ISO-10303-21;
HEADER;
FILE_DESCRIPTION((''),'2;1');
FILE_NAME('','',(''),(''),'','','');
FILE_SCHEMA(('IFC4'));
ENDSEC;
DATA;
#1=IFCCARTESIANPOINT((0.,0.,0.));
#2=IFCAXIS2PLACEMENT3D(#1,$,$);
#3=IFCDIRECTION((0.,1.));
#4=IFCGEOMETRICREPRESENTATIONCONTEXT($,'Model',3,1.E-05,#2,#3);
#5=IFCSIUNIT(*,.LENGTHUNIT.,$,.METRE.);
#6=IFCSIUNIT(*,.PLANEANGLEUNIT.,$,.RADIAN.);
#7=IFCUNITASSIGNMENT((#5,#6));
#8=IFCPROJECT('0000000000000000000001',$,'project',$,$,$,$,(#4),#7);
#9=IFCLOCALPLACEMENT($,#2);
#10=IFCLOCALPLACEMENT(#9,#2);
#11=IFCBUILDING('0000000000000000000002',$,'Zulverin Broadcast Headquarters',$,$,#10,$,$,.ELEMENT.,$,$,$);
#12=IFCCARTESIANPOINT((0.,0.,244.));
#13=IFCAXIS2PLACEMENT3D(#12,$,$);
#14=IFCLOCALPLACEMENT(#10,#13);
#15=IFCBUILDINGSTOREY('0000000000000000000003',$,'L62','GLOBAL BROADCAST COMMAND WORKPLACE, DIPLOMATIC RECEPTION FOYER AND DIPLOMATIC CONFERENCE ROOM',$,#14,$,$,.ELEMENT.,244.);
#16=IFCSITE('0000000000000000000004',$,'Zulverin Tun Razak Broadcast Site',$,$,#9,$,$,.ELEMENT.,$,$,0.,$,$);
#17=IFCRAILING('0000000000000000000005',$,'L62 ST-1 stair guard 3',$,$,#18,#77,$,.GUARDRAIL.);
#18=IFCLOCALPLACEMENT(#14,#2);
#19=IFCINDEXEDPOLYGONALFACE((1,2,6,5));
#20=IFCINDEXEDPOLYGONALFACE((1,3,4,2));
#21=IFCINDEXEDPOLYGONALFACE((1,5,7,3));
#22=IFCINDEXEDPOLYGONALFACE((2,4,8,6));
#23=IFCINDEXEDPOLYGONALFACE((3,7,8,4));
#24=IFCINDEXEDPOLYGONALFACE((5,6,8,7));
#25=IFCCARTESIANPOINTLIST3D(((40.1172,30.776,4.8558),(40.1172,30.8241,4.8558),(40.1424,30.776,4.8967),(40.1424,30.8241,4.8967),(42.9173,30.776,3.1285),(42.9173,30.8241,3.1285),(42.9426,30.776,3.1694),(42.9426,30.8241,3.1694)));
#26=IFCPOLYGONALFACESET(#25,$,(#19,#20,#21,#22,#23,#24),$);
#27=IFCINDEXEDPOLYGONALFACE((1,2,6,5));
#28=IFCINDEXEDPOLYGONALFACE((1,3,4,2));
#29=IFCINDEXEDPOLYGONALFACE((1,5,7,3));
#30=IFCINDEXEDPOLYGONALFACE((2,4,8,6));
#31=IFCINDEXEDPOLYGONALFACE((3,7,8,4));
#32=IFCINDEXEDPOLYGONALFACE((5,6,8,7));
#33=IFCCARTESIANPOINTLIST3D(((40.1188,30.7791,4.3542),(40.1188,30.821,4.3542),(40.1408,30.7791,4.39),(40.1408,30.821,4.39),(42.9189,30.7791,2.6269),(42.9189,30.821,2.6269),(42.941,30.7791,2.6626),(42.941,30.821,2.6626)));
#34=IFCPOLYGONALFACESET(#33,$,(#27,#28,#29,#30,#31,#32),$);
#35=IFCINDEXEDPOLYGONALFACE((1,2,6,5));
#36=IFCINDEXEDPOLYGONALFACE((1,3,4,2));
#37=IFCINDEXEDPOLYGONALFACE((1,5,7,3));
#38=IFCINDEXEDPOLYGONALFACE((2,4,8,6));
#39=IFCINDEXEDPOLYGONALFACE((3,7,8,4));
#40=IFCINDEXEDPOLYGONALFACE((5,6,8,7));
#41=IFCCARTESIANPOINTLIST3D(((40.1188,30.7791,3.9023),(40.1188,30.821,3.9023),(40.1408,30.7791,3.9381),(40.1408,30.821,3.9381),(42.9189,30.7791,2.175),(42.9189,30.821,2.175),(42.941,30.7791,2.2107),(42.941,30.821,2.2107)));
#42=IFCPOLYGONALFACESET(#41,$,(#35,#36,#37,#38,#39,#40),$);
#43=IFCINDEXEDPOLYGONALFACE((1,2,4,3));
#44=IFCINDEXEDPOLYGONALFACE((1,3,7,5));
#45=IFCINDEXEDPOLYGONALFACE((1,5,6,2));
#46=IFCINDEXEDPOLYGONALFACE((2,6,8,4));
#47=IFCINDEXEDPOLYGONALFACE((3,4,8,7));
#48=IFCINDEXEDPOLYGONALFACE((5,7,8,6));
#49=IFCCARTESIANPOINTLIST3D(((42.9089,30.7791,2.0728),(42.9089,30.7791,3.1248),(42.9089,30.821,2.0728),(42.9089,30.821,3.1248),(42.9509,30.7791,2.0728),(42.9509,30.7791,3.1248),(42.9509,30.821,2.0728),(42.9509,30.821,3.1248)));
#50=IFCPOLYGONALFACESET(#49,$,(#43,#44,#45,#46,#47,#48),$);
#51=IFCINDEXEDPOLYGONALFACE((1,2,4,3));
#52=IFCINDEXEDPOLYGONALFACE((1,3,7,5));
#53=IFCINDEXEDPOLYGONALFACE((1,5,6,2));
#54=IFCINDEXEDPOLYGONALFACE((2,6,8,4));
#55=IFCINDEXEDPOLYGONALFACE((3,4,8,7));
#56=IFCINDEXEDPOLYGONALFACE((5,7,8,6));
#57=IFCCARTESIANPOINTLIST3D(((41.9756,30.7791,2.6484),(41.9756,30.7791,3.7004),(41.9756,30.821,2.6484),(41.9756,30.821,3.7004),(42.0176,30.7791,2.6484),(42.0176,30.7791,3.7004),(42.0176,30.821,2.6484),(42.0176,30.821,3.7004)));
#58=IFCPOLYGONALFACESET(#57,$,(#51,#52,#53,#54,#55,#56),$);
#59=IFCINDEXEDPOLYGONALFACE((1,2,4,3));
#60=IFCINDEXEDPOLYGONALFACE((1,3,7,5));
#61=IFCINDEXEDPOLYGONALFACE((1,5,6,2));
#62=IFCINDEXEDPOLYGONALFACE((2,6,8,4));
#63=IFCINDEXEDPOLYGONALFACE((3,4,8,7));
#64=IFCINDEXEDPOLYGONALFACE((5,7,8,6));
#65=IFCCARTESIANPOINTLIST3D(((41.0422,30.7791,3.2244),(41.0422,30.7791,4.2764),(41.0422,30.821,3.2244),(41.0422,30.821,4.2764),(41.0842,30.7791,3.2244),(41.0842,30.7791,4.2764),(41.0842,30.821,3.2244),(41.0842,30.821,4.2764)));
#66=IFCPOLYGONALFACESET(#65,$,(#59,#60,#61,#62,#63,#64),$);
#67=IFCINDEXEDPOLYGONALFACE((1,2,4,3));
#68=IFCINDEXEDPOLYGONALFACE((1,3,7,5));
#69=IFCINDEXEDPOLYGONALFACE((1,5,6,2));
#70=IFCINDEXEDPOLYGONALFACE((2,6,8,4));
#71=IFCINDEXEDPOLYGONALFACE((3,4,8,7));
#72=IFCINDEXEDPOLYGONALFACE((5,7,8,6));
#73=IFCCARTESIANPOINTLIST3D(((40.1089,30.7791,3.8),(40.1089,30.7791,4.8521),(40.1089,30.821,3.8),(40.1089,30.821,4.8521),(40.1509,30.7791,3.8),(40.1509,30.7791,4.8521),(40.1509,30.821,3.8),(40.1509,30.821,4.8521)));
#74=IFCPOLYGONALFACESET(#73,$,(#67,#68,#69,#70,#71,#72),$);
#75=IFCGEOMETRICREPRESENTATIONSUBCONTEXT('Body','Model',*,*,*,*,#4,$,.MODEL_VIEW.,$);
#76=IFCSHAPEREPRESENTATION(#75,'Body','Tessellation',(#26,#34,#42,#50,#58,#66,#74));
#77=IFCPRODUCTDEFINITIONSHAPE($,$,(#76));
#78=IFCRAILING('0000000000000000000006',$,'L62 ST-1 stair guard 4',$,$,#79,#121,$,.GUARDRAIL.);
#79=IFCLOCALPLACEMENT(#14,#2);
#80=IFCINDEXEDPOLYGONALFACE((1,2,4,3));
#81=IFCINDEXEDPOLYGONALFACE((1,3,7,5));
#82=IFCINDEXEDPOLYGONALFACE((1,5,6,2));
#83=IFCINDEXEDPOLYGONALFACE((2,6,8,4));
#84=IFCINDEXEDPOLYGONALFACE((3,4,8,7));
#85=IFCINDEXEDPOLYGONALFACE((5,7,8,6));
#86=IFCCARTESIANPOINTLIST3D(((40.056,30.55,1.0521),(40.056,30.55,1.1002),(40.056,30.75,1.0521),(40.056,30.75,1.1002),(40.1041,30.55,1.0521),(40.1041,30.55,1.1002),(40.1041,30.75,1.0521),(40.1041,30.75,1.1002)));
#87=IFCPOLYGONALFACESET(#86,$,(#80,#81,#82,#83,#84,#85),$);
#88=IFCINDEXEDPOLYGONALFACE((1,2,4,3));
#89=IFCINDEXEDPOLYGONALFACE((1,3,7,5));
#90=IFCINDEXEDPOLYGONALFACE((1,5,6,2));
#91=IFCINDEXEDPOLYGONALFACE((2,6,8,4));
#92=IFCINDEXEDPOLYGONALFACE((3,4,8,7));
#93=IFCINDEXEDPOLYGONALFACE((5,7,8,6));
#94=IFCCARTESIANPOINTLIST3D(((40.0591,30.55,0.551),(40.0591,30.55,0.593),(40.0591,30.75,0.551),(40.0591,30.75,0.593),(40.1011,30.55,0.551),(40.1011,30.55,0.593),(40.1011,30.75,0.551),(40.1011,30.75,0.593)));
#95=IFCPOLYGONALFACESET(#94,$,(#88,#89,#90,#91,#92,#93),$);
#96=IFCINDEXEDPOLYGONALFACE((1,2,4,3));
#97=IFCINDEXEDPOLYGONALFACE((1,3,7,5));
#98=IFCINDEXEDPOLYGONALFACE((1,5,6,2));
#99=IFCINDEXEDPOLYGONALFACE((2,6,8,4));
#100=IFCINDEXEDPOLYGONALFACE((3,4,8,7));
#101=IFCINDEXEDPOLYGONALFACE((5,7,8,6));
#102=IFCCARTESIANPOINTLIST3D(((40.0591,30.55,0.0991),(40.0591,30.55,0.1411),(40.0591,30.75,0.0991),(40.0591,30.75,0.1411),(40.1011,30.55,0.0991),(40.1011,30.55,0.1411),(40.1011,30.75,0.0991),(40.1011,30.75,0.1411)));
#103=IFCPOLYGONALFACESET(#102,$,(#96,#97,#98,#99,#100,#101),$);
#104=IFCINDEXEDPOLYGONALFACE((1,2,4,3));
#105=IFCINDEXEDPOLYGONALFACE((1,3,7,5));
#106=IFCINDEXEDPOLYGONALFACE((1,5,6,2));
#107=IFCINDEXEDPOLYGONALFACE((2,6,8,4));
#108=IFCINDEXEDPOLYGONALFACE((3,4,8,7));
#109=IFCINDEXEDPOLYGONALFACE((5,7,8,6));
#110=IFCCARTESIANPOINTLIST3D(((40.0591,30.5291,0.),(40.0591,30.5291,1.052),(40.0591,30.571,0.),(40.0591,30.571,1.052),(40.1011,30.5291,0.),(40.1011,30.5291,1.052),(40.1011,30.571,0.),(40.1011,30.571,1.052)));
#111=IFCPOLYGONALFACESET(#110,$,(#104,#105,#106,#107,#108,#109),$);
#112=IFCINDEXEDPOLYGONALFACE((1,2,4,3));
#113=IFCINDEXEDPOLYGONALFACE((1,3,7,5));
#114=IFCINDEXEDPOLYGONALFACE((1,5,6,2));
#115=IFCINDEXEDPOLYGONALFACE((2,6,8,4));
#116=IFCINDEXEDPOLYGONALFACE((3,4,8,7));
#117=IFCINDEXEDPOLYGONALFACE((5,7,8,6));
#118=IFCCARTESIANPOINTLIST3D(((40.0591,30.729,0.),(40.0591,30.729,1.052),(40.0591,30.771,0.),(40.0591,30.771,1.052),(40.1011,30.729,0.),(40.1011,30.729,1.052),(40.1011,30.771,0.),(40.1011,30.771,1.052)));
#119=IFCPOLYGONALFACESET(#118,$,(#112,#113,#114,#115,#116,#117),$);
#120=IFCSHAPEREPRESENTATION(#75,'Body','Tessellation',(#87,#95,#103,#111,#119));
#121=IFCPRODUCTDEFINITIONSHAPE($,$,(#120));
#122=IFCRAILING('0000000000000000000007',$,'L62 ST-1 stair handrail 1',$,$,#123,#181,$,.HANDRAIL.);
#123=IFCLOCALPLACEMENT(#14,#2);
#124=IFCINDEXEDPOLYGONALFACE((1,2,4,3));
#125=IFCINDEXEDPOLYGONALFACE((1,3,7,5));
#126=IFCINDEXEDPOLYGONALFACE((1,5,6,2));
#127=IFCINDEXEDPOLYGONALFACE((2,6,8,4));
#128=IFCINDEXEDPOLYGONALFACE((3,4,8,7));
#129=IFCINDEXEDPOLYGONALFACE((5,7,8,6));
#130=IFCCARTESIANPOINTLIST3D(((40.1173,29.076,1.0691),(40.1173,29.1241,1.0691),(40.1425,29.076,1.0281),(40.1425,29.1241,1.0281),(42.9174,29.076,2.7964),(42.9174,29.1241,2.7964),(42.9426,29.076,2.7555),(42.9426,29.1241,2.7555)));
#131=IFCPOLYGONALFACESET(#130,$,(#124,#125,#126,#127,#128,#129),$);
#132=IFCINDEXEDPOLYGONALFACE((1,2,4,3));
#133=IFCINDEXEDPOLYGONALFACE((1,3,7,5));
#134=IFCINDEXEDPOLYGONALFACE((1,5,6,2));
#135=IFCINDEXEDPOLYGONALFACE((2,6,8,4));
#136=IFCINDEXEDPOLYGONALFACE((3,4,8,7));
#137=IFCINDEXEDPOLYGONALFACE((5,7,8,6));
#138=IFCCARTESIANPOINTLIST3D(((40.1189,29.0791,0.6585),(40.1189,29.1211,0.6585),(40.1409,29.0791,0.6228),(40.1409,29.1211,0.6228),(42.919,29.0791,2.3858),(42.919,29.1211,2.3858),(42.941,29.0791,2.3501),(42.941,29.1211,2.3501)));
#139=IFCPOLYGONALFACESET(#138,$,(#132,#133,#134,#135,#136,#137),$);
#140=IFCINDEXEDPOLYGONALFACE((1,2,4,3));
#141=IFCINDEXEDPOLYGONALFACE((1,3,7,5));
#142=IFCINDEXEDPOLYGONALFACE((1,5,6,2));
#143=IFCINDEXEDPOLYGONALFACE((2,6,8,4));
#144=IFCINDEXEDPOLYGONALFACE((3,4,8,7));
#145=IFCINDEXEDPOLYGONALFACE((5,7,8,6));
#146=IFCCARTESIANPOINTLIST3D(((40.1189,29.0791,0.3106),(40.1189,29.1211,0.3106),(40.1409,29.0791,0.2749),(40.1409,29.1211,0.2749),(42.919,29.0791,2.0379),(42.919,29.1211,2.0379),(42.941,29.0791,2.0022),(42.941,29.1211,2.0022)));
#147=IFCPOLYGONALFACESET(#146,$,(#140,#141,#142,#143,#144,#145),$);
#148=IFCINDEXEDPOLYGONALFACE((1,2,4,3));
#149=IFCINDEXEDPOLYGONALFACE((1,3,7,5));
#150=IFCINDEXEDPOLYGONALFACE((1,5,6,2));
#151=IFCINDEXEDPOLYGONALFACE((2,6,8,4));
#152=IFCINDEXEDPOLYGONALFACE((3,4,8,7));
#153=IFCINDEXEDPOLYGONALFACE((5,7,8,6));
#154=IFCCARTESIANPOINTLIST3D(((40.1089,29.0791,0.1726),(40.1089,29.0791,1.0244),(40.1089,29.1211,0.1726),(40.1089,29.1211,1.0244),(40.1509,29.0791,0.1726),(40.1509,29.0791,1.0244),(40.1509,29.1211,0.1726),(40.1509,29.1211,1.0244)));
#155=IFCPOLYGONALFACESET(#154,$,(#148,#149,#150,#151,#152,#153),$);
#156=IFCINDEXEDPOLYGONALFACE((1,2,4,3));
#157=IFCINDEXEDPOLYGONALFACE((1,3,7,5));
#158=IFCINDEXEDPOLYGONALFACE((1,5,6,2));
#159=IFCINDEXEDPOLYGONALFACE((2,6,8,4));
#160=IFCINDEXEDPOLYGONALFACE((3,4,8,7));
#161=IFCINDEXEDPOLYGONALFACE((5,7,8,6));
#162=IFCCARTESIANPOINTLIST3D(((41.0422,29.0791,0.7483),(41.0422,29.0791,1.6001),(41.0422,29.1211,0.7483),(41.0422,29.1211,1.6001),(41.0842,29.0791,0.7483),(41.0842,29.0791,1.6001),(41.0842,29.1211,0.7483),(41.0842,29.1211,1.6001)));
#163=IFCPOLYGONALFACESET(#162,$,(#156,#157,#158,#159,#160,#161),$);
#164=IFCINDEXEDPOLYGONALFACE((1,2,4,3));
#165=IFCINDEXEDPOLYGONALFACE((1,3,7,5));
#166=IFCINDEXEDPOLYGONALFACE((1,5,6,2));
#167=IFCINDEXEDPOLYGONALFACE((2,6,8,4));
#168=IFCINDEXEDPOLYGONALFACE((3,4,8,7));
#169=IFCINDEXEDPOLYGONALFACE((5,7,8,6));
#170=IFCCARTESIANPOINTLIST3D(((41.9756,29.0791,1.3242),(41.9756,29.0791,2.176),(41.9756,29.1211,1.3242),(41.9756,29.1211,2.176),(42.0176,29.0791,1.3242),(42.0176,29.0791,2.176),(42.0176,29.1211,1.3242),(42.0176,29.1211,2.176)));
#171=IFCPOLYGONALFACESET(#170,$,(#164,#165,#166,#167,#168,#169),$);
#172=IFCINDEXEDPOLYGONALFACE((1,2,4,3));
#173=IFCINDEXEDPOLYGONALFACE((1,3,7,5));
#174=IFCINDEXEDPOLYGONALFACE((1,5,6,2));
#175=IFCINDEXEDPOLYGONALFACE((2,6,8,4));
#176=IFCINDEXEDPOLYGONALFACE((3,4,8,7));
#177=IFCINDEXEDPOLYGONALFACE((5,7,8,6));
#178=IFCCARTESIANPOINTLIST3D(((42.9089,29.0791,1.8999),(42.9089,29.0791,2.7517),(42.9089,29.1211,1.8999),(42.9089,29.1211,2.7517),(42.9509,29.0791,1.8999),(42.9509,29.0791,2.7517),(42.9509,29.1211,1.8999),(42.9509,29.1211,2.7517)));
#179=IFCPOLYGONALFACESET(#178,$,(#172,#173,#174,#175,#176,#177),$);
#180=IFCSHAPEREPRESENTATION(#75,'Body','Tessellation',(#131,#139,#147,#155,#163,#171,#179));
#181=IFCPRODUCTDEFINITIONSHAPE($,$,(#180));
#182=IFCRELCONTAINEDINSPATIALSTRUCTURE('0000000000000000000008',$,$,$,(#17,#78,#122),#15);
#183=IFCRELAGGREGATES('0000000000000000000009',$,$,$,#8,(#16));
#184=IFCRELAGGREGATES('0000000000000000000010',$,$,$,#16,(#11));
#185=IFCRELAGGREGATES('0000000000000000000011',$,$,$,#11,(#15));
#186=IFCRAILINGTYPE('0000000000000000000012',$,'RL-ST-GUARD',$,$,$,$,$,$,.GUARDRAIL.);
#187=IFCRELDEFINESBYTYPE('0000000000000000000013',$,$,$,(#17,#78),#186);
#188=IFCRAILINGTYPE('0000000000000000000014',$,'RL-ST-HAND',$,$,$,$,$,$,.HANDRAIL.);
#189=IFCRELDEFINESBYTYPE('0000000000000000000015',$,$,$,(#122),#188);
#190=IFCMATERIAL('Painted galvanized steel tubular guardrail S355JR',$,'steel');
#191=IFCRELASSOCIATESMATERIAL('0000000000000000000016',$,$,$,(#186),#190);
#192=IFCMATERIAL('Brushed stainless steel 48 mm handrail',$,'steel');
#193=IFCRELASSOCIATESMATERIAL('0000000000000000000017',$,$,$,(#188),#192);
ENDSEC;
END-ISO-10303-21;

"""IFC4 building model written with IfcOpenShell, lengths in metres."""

from ifc_helpers import new_model, si_unit, direction, frame, origin, origin_2d, place, context, subcontext, project, spatial, rectangle, extrude, material, type_object, element, save


model = new_model("IFC4")

# Units and contexts
model_context = context("Model", 3, precision=1e-05, world=origin(), true_north=direction((0.0, 1.0)))
body_context = subcontext(model_context, "Body", "Model", "MODEL_VIEW")
ifc_project = project(units=[si_unit("LENGTHUNIT", "METRE"), si_unit("PLANEANGLEUNIT", "RADIAN")], contexts=[model_context])

# Site, building, storey
site_placement = place(None, origin())
site = spatial("IfcSite", under=ifc_project, at=site_placement, Name="Zulverin Tun Razak Broadcast Site", CompositionType="ELEMENT", RefElevation=0.0)
building_placement = place(site_placement, origin())
building = spatial("IfcBuilding", under=site, at=building_placement, Name="Zulverin Broadcast Headquarters", CompositionType="ELEMENT")
storey_placement = place(building_placement, frame((0.0, 0.0, 244.0)))
storey = spatial("IfcBuildingStorey", under=building, at=storey_placement, Name="L62", Description="GLOBAL BROADCAST COMMAND WORKPLACE, DIPLOMATIC RECEPTION FOYER AND DIPLOMATIC CONFERENCE ROOM", CompositionType="ELEMENT", Elevation=244.0)

# Railings
ifc_material_1 = material(Name="Painted galvanized steel tubular guardrail S355JR", Category="steel")
railing_type_1 = type_object("IfcRailingType", Name="RL-ST-GUARD", PredefinedType="GUARDRAIL", material=ifc_material_1)
railing_1_placement = place(storey_placement, frame((42.9299, 30.8, 2.0728)))
element("IfcRailing", 1, at=railing_1_placement, inside=storey, type_object=railing_type_1, Name="L62 ST-1 stair guard 3", PredefinedType="GUARDRAIL", context=body_context, shape_type="SweptSolid", body=[
    extrude(rectangle(XDim=0.0481, YDim=0.0481, at=origin_2d()), frame((0.0, 0.0, 1.0762), z_axis=(-0.85109, 0.0, 0.52502), x_axis=(0.0, -1.0, 0.0)), (0.0, 0.0, 1.0), 3.29),
    extrude(rectangle(XDim=0.042, YDim=0.042, at=origin_2d()), frame((0.0, 0.0, 0.572), z_axis=(-0.85109, 0.0, 0.52502), x_axis=(0.0, -1.0, 0.0)), (0.0, 0.0, 1.0), 3.29),
    extrude(rectangle(XDim=0.042, YDim=0.042, at=origin_2d()), frame((0.0, 0.0, 0.1201), z_axis=(-0.85109, 0.0, 0.52502), x_axis=(0.0, -1.0, 0.0)), (0.0, 0.0, 1.0), 3.29),
    extrude(rectangle(XDim=0.042, YDim=0.042, at=origin_2d()), origin(), (0.0, 0.0, 1.0), 1.052),
    extrude(rectangle(XDim=0.042, YDim=0.042, at=origin_2d()), frame((-0.9333, 0.0, 0.5757)), (0.0, 0.0, 1.0), 1.052),
    extrude(rectangle(XDim=0.042, YDim=0.042, at=origin_2d()), frame((-1.8667, 0.0, 1.1516)), (0.0, 0.0, 1.0), 1.052),
    extrude(rectangle(XDim=0.042, YDim=0.042, at=origin_2d()), frame((-2.8, 0.0, 1.7273)), (0.0, 0.0, 1.0), 1.052),
])
railing_2_placement = place(storey_placement, frame((40.0801, 30.55, 0.0)))
element("IfcRailing", 2, at=railing_2_placement, inside=storey, type_object=railing_type_1, Name="L62 ST-1 stair guard 4", PredefinedType="GUARDRAIL", context=body_context, shape_type="SweptSolid", body=[
    extrude(rectangle(XDim=0.0481, YDim=0.0481, at=origin_2d()), frame((0.0, 0.0, 1.0762), z_axis=(0.0, 1.0, 0.0), x_axis=(-1.0, 0.0, 0.0)), (0.0, 0.0, 1.0), 0.2),
    extrude(rectangle(XDim=0.042, YDim=0.042, at=origin_2d()), frame((0.0, 0.0, 0.572), z_axis=(0.0, 1.0, 0.0), x_axis=(-1.0, 0.0, 0.0)), (0.0, 0.0, 1.0), 0.2),
    extrude(rectangle(XDim=0.042, YDim=0.042, at=origin_2d()), frame((0.0, 0.0, 0.1201), z_axis=(0.0, 1.0, 0.0), x_axis=(-1.0, 0.0, 0.0)), (0.0, 0.0, 1.0), 0.2),
    extrude(rectangle(XDim=0.042, YDim=0.042, at=origin_2d()), origin(), (0.0, 0.0, 1.0), 1.052),
    extrude(rectangle(XDim=0.042, YDim=0.042, at=origin_2d()), frame((0.0, 0.2, 0.0)), (0.0, 0.0, 1.0), 1.052),
])
ifc_material_2 = material(Name="Brushed stainless steel 48 mm handrail", Category="steel")
railing_type_2 = type_object("IfcRailingType", Name="RL-ST-HAND", PredefinedType="HANDRAIL", material=ifc_material_2)
railing_3_placement = place(storey_placement, frame((40.1299, 29.1001, 0.1726)))
element("IfcRailing", 3, at=railing_3_placement, inside=storey, type_object=railing_type_2, Name="L62 ST-1 stair handrail 1", PredefinedType="HANDRAIL", context=body_context, shape_type="SweptSolid", body=[
    extrude(rectangle(XDim=0.0481, YDim=0.0481, at=origin_2d()), frame((0.0, 0.0, 0.876), z_axis=(0.85109, 0.0, 0.52502), x_axis=(0.0, 1.0, 0.0)), (0.0, 0.0, 1.0), 3.29),
    extrude(rectangle(XDim=0.042, YDim=0.042, at=origin_2d()), frame((0.0, 0.0, 0.468), z_axis=(0.85109, 0.0, 0.52502), x_axis=(0.0, 1.0, 0.0)), (0.0, 0.0, 1.0), 3.29),
    extrude(rectangle(XDim=0.042, YDim=0.042, at=origin_2d()), frame((0.0, 0.0, 0.1201), z_axis=(0.85109, 0.0, 0.52502), x_axis=(0.0, 1.0, 0.0)), (0.0, 0.0, 1.0), 3.29),
    extrude(rectangle(XDim=0.042, YDim=0.042, at=origin_2d()), origin(), (0.0, 0.0, 1.0), 0.8518),
    extrude(rectangle(XDim=0.042, YDim=0.042, at=origin_2d()), frame((0.9333, 0.0, 0.5757)), (0.0, 0.0, 1.0), 0.8518),
    extrude(rectangle(XDim=0.042, YDim=0.042, at=origin_2d()), frame((1.8667, 0.0, 1.1516)), (0.0, 0.0, 1.0), 0.8518),
    extrude(rectangle(XDim=0.042, YDim=0.042, at=origin_2d()), frame((2.8, 0.0, 1.7273)), (0.0, 0.0, 1.0), 0.8518),
])

save(model, "model.ifc")
